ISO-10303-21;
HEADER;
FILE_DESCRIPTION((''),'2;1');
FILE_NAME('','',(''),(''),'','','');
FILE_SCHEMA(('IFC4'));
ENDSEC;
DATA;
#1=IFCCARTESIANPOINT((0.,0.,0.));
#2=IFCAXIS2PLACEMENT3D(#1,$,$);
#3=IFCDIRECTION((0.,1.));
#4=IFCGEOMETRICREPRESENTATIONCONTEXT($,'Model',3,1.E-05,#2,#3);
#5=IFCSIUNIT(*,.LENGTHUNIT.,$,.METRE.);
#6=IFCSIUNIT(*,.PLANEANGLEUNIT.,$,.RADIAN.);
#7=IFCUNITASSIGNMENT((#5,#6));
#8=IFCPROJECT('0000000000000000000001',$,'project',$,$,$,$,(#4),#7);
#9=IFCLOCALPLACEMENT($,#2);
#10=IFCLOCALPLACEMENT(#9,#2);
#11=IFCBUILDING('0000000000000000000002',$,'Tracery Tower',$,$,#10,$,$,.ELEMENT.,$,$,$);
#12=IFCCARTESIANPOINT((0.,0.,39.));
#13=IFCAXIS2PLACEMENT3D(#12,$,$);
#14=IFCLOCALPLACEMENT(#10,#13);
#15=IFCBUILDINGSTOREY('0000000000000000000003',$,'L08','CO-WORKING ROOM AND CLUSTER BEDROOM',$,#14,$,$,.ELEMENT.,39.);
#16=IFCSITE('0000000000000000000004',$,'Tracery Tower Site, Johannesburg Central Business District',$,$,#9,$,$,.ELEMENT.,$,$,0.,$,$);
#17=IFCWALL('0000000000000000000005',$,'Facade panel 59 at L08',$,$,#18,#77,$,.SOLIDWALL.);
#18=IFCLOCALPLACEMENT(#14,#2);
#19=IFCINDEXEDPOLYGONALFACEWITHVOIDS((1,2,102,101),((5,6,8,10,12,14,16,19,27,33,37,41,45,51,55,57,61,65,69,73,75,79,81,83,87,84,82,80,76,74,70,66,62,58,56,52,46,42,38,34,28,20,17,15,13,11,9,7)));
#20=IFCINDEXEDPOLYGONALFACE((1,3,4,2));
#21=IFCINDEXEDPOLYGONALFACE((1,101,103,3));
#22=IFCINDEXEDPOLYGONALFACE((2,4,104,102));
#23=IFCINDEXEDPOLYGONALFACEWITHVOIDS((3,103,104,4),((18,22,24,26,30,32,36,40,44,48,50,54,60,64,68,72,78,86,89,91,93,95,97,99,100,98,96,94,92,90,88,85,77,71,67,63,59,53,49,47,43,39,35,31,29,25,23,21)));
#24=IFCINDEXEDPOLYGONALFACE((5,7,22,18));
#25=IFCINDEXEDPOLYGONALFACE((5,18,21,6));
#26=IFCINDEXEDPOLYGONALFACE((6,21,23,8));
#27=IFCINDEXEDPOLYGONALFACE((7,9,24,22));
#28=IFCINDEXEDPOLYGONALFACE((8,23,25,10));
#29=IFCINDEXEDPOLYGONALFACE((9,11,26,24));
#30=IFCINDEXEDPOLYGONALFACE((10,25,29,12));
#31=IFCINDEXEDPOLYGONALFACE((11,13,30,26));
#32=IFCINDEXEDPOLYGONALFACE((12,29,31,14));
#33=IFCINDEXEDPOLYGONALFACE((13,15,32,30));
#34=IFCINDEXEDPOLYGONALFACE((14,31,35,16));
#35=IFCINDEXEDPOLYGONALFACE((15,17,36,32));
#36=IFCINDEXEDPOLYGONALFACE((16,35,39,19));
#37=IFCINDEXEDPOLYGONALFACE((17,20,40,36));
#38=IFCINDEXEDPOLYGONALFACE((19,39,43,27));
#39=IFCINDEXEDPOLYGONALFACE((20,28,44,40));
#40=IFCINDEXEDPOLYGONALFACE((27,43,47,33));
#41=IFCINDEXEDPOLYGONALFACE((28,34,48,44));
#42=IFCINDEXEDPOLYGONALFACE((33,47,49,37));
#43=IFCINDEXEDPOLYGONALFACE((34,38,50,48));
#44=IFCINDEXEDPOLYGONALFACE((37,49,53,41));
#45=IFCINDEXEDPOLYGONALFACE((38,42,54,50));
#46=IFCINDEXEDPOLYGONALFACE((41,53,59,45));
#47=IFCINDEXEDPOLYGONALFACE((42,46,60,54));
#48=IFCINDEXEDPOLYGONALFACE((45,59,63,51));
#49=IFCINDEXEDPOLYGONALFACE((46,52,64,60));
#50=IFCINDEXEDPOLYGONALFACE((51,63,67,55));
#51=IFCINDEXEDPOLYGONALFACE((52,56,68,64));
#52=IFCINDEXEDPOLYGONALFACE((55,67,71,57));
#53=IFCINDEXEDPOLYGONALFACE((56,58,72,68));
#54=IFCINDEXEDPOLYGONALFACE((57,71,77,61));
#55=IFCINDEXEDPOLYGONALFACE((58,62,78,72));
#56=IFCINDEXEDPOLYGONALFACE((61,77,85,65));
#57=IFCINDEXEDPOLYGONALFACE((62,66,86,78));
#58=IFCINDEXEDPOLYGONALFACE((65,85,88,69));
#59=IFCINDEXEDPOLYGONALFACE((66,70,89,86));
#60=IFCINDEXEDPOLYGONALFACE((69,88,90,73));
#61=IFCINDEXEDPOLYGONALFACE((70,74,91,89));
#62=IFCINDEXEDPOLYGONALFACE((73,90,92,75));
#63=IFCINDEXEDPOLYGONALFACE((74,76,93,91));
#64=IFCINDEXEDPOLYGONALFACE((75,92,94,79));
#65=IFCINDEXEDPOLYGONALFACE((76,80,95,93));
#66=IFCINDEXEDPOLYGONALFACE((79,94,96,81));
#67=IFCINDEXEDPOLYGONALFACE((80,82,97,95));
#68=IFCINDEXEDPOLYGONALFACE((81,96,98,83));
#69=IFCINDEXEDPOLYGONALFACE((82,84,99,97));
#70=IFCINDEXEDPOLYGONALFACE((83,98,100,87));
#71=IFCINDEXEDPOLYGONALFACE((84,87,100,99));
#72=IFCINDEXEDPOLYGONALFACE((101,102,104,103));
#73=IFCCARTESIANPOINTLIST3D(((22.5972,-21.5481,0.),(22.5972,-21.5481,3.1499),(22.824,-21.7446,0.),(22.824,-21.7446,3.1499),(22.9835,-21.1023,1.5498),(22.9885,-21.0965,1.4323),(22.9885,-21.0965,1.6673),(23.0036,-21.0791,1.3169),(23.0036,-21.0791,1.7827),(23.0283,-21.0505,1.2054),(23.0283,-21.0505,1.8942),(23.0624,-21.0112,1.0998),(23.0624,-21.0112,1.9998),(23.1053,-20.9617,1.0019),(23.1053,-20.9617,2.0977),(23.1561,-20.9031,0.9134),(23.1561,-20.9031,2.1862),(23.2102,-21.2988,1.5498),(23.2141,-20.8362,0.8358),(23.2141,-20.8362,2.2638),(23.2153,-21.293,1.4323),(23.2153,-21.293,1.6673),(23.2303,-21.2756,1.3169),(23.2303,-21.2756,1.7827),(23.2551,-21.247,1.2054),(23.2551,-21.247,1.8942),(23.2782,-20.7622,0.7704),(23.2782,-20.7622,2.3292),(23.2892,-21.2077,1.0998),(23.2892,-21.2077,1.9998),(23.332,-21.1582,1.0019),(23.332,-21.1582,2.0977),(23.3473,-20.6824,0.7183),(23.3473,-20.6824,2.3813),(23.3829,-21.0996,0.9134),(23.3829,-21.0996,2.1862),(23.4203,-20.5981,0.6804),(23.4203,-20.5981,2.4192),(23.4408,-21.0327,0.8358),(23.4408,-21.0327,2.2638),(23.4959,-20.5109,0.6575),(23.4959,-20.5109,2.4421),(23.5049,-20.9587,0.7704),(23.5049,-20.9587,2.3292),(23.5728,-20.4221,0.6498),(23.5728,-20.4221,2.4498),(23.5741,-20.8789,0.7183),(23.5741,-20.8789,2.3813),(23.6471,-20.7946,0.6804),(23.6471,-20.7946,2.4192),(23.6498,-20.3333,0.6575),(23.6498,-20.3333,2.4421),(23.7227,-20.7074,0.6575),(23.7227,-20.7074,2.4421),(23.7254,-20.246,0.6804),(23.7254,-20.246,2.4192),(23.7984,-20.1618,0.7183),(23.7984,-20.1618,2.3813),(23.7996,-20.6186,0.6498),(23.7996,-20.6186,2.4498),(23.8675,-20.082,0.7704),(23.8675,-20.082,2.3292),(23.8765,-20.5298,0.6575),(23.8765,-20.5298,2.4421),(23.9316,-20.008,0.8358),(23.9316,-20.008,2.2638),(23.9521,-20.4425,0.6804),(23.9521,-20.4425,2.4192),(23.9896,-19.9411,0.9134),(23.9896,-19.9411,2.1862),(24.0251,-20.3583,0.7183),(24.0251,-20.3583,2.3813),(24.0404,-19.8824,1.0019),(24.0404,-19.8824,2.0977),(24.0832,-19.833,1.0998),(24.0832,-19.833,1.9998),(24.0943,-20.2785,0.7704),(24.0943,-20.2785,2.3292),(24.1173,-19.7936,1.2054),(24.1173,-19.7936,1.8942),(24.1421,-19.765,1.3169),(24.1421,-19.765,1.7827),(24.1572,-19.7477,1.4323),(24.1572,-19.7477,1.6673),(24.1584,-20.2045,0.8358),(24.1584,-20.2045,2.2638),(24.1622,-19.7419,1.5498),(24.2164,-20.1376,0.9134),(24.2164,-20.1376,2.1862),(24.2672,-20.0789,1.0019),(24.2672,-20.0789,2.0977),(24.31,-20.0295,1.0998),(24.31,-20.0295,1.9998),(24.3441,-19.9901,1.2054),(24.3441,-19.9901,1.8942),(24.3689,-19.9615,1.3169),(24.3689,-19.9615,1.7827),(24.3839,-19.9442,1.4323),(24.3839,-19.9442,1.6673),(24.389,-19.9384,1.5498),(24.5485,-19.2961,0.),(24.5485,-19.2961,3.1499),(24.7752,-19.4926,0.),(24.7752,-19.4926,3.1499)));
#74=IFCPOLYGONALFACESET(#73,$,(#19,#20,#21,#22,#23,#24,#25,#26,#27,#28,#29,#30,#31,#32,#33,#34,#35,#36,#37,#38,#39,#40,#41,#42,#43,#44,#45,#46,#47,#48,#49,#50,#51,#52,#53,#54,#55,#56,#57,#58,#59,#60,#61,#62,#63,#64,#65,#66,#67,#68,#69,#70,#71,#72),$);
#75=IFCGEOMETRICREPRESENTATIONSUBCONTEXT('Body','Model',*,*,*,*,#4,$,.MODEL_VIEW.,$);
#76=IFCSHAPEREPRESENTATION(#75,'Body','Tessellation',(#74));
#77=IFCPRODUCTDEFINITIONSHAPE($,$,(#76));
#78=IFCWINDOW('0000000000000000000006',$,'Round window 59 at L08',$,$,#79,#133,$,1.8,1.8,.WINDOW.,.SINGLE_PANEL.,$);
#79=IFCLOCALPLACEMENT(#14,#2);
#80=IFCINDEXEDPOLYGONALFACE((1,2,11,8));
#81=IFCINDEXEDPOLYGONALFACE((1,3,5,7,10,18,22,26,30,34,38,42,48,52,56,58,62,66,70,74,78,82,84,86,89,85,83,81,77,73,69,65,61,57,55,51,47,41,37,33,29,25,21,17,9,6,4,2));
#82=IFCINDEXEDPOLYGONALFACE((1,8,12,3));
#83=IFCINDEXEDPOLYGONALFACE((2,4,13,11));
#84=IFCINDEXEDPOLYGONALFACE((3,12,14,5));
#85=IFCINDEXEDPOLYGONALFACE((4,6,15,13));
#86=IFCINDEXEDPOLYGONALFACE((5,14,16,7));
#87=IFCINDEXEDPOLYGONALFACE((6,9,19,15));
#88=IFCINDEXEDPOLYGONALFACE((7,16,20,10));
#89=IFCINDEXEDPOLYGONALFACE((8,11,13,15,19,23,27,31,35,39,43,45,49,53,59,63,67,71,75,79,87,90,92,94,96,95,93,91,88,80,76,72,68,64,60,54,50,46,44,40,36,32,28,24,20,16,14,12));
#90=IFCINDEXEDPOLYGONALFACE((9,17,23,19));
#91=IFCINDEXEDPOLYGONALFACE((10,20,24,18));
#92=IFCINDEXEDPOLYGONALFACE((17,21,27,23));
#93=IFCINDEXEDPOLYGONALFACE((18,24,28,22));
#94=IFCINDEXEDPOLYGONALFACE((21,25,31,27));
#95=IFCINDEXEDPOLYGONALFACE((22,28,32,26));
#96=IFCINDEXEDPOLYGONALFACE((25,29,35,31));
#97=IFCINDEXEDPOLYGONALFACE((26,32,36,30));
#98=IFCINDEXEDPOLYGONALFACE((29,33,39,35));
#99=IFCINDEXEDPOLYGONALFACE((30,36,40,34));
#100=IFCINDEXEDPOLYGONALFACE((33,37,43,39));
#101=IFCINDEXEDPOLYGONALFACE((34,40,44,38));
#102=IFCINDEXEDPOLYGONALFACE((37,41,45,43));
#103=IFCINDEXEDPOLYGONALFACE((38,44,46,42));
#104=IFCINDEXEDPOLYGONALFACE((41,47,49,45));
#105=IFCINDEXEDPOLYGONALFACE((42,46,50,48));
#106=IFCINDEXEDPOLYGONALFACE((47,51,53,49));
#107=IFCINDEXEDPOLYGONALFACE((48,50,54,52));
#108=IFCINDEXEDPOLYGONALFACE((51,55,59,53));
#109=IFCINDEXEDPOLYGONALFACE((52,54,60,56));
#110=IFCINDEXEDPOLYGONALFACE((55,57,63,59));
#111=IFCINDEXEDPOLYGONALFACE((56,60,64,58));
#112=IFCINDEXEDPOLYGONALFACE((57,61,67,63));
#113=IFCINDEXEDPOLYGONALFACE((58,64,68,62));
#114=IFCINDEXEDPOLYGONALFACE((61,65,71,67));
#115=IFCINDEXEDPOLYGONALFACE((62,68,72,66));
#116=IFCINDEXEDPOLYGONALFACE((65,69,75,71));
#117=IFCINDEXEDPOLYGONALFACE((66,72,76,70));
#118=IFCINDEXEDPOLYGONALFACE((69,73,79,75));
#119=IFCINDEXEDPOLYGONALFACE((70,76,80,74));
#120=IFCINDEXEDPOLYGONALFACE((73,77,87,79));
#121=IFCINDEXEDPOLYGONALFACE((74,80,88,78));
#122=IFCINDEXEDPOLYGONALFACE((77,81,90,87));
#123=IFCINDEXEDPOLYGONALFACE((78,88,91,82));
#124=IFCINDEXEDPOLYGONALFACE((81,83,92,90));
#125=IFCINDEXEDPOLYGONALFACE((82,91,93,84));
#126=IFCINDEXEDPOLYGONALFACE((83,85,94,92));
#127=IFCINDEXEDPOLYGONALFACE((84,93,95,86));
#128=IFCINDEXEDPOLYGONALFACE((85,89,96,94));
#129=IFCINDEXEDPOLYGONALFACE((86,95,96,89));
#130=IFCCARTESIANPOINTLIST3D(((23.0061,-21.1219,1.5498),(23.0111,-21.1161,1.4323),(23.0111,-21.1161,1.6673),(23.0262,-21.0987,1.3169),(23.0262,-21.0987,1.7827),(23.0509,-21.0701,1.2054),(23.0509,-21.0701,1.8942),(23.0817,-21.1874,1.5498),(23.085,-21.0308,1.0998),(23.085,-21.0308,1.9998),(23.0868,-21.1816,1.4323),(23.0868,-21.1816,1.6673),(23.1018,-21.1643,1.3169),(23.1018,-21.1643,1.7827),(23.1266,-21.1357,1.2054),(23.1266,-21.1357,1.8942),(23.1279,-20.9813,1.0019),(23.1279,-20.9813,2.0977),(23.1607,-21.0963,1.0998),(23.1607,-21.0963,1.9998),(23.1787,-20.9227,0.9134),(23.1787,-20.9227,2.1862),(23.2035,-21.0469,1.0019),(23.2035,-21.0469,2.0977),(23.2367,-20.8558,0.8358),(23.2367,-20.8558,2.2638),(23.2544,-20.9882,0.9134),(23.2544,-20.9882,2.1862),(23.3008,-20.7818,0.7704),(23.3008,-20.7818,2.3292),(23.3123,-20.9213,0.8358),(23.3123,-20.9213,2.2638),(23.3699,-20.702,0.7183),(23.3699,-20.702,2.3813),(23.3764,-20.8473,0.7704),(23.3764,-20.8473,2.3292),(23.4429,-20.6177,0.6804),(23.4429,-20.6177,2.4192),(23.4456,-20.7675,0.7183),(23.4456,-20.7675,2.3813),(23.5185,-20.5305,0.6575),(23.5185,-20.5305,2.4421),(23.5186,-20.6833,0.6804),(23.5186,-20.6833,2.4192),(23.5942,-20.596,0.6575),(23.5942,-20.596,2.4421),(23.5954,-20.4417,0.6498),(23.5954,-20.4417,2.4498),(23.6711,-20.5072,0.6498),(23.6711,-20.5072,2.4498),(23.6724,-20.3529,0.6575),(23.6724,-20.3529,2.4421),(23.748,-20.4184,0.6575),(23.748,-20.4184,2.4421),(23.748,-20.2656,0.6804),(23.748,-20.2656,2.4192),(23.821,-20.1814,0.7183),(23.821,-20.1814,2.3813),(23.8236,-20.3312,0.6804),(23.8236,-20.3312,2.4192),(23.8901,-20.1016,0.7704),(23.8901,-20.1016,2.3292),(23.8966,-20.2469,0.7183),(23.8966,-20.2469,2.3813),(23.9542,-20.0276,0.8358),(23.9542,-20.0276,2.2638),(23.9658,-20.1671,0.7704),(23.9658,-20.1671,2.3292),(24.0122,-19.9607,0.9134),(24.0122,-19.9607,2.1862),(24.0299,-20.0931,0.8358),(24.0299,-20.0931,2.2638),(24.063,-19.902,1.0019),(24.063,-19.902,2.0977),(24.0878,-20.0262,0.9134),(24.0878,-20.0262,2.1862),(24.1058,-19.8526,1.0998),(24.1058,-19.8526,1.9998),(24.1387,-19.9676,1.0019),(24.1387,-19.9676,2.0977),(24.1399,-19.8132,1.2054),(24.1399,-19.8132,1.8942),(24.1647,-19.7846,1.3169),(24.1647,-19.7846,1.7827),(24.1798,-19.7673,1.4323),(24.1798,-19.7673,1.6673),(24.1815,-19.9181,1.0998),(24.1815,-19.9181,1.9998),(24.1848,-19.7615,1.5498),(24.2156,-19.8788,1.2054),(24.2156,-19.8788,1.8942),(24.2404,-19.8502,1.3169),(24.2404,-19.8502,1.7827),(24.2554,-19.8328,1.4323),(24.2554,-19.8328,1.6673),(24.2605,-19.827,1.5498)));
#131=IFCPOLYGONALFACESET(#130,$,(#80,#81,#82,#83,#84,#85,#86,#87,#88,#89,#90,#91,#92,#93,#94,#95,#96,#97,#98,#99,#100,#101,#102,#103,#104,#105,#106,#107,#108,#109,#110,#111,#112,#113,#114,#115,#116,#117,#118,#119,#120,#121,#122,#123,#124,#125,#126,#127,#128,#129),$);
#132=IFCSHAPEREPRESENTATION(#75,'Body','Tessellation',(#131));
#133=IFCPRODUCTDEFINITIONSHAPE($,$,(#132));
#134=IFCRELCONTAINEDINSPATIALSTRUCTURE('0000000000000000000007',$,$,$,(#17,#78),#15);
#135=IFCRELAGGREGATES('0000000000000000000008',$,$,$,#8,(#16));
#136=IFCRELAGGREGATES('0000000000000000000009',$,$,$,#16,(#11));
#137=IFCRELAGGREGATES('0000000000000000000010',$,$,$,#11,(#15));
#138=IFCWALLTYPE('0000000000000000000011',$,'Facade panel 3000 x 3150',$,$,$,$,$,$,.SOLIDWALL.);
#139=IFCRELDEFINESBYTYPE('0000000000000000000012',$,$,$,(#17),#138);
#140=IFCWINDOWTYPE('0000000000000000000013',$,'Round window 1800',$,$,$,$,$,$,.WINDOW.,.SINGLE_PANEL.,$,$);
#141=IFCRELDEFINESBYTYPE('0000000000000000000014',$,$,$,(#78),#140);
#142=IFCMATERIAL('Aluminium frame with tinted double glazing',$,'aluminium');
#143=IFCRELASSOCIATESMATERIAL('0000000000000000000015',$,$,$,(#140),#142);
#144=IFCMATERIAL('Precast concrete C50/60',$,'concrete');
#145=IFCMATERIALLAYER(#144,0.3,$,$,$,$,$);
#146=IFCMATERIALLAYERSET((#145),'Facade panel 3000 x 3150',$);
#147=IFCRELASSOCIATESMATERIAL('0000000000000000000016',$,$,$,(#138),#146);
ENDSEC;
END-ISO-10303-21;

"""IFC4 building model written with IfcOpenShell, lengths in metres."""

from ifc_helpers import new_model, si_unit, direction, frame, frame_2d, origin, origin_2d, place, context, subcontext, project, spatial, rectangle, circle, extrude, material, layer, layer_set, type_object, element, fill, save


model = new_model("IFC4")

# Units and contexts
model_context = context("Model", 3, precision=1e-05, world=origin(), true_north=direction((0.0, 1.0)))
body_context = subcontext(model_context, "Body", "Model", "MODEL_VIEW")
ifc_project = project(units=[si_unit("LENGTHUNIT", "METRE"), si_unit("PLANEANGLEUNIT", "RADIAN")], contexts=[model_context])

# Site, building, storey
site_placement = place(None, origin())
site = spatial("IfcSite", under=ifc_project, at=site_placement, Name="Tracery Tower Site, Johannesburg Central Business District", CompositionType="ELEMENT", RefElevation=0.0)
building_placement = place(site_placement, origin())
building = spatial("IfcBuilding", under=site, at=building_placement, Name="Tracery Tower", CompositionType="ELEMENT")
storey_placement = place(building_placement, frame((0.0, 0.0, 39.0)))
storey = spatial("IfcBuildingStorey", under=building, at=storey_placement, Name="L08", Description="CO-WORKING ROOM AND CLUSTER BEDROOM", CompositionType="ELEMENT", Elevation=39.0)

# Wall, opening, window
ifc_material_1 = material(Name="Aluminium frame with tinted double glazing", Category="aluminium")
window_type = type_object("IfcWindowType", Name="Round window 1800", PartitioningType="SINGLE_PANEL", PredefinedType="WINDOW", material=ifc_material_1)
ifc_material_2 = material(Name="Precast concrete C50/60", Category="concrete")
ifc_layer_1 = layer(ifc_material_2, 0.3)
ifc_layer_set_1 = layer_set([ifc_layer_1], Name="Facade panel 3000 x 3150")
wall_type_1 = type_object("IfcWallType", Name="Facade panel 3000 x 3150", PredefinedType="SOLIDWALL", material=ifc_layer_set_1)
wall_1_placement = place(storey_placement, frame((22.7107, -21.6462, 0.0), z_axis=(0.0, 0.0, 1.0), x_axis=(0.654831, 0.755776, 0.0)))
wall_1 = element("IfcWall", 1, at=wall_1_placement, inside=storey, type_object=wall_type_1, Name="Facade panel 59 at L08", PredefinedType="SOLIDWALL", context=body_context, shape_type="SweptSolid", body=[
    extrude(rectangle(XDim=2.9797, YDim=0.3, at=frame_2d((1.4897, 0.0))), origin(), (0.0, 0.0, 1.0), 3.1499),
])
opening_1_placement = place(wall_1_placement, frame((1.4897, 0.0, 1.5498)))
opening_1 = element("IfcOpeningElement", 2, at=opening_1_placement, cuts=wall_1, PredefinedType="OPENING", context=body_context, shape_type="SweptSolid", body=[
    extrude(circle(Radius=0.9, at=origin_2d()), frame((0.0, 0.1599, 0.0), z_axis=(0.0, -1.0, 0.0), x_axis=(1.0, 0.0, 0.0)), (0.0, 0.0, 1.0), 0.3201),
])
window_1_placement = place(opening_1_placement, origin())
window_1 = element("IfcWindow", 3, at=window_1_placement, inside=storey, type_object=window_type, Name="Round window 59 at L08", OverallHeight=1.8, OverallWidth=1.8, PartitioningType="SINGLE_PANEL", PredefinedType="WINDOW", context=body_context, shape_type="SweptSolid", body=[
    extrude(circle(Radius=0.9, at=origin_2d()), frame((0.0, 0.1201, 0.0), z_axis=(0.0, -1.0, 0.0), x_axis=(1.0, 0.0, 0.0)), (0.0, 0.0, 1.0), 0.1001),
])
fill(opening_1, window_1)

save(model, "model.ifc")
